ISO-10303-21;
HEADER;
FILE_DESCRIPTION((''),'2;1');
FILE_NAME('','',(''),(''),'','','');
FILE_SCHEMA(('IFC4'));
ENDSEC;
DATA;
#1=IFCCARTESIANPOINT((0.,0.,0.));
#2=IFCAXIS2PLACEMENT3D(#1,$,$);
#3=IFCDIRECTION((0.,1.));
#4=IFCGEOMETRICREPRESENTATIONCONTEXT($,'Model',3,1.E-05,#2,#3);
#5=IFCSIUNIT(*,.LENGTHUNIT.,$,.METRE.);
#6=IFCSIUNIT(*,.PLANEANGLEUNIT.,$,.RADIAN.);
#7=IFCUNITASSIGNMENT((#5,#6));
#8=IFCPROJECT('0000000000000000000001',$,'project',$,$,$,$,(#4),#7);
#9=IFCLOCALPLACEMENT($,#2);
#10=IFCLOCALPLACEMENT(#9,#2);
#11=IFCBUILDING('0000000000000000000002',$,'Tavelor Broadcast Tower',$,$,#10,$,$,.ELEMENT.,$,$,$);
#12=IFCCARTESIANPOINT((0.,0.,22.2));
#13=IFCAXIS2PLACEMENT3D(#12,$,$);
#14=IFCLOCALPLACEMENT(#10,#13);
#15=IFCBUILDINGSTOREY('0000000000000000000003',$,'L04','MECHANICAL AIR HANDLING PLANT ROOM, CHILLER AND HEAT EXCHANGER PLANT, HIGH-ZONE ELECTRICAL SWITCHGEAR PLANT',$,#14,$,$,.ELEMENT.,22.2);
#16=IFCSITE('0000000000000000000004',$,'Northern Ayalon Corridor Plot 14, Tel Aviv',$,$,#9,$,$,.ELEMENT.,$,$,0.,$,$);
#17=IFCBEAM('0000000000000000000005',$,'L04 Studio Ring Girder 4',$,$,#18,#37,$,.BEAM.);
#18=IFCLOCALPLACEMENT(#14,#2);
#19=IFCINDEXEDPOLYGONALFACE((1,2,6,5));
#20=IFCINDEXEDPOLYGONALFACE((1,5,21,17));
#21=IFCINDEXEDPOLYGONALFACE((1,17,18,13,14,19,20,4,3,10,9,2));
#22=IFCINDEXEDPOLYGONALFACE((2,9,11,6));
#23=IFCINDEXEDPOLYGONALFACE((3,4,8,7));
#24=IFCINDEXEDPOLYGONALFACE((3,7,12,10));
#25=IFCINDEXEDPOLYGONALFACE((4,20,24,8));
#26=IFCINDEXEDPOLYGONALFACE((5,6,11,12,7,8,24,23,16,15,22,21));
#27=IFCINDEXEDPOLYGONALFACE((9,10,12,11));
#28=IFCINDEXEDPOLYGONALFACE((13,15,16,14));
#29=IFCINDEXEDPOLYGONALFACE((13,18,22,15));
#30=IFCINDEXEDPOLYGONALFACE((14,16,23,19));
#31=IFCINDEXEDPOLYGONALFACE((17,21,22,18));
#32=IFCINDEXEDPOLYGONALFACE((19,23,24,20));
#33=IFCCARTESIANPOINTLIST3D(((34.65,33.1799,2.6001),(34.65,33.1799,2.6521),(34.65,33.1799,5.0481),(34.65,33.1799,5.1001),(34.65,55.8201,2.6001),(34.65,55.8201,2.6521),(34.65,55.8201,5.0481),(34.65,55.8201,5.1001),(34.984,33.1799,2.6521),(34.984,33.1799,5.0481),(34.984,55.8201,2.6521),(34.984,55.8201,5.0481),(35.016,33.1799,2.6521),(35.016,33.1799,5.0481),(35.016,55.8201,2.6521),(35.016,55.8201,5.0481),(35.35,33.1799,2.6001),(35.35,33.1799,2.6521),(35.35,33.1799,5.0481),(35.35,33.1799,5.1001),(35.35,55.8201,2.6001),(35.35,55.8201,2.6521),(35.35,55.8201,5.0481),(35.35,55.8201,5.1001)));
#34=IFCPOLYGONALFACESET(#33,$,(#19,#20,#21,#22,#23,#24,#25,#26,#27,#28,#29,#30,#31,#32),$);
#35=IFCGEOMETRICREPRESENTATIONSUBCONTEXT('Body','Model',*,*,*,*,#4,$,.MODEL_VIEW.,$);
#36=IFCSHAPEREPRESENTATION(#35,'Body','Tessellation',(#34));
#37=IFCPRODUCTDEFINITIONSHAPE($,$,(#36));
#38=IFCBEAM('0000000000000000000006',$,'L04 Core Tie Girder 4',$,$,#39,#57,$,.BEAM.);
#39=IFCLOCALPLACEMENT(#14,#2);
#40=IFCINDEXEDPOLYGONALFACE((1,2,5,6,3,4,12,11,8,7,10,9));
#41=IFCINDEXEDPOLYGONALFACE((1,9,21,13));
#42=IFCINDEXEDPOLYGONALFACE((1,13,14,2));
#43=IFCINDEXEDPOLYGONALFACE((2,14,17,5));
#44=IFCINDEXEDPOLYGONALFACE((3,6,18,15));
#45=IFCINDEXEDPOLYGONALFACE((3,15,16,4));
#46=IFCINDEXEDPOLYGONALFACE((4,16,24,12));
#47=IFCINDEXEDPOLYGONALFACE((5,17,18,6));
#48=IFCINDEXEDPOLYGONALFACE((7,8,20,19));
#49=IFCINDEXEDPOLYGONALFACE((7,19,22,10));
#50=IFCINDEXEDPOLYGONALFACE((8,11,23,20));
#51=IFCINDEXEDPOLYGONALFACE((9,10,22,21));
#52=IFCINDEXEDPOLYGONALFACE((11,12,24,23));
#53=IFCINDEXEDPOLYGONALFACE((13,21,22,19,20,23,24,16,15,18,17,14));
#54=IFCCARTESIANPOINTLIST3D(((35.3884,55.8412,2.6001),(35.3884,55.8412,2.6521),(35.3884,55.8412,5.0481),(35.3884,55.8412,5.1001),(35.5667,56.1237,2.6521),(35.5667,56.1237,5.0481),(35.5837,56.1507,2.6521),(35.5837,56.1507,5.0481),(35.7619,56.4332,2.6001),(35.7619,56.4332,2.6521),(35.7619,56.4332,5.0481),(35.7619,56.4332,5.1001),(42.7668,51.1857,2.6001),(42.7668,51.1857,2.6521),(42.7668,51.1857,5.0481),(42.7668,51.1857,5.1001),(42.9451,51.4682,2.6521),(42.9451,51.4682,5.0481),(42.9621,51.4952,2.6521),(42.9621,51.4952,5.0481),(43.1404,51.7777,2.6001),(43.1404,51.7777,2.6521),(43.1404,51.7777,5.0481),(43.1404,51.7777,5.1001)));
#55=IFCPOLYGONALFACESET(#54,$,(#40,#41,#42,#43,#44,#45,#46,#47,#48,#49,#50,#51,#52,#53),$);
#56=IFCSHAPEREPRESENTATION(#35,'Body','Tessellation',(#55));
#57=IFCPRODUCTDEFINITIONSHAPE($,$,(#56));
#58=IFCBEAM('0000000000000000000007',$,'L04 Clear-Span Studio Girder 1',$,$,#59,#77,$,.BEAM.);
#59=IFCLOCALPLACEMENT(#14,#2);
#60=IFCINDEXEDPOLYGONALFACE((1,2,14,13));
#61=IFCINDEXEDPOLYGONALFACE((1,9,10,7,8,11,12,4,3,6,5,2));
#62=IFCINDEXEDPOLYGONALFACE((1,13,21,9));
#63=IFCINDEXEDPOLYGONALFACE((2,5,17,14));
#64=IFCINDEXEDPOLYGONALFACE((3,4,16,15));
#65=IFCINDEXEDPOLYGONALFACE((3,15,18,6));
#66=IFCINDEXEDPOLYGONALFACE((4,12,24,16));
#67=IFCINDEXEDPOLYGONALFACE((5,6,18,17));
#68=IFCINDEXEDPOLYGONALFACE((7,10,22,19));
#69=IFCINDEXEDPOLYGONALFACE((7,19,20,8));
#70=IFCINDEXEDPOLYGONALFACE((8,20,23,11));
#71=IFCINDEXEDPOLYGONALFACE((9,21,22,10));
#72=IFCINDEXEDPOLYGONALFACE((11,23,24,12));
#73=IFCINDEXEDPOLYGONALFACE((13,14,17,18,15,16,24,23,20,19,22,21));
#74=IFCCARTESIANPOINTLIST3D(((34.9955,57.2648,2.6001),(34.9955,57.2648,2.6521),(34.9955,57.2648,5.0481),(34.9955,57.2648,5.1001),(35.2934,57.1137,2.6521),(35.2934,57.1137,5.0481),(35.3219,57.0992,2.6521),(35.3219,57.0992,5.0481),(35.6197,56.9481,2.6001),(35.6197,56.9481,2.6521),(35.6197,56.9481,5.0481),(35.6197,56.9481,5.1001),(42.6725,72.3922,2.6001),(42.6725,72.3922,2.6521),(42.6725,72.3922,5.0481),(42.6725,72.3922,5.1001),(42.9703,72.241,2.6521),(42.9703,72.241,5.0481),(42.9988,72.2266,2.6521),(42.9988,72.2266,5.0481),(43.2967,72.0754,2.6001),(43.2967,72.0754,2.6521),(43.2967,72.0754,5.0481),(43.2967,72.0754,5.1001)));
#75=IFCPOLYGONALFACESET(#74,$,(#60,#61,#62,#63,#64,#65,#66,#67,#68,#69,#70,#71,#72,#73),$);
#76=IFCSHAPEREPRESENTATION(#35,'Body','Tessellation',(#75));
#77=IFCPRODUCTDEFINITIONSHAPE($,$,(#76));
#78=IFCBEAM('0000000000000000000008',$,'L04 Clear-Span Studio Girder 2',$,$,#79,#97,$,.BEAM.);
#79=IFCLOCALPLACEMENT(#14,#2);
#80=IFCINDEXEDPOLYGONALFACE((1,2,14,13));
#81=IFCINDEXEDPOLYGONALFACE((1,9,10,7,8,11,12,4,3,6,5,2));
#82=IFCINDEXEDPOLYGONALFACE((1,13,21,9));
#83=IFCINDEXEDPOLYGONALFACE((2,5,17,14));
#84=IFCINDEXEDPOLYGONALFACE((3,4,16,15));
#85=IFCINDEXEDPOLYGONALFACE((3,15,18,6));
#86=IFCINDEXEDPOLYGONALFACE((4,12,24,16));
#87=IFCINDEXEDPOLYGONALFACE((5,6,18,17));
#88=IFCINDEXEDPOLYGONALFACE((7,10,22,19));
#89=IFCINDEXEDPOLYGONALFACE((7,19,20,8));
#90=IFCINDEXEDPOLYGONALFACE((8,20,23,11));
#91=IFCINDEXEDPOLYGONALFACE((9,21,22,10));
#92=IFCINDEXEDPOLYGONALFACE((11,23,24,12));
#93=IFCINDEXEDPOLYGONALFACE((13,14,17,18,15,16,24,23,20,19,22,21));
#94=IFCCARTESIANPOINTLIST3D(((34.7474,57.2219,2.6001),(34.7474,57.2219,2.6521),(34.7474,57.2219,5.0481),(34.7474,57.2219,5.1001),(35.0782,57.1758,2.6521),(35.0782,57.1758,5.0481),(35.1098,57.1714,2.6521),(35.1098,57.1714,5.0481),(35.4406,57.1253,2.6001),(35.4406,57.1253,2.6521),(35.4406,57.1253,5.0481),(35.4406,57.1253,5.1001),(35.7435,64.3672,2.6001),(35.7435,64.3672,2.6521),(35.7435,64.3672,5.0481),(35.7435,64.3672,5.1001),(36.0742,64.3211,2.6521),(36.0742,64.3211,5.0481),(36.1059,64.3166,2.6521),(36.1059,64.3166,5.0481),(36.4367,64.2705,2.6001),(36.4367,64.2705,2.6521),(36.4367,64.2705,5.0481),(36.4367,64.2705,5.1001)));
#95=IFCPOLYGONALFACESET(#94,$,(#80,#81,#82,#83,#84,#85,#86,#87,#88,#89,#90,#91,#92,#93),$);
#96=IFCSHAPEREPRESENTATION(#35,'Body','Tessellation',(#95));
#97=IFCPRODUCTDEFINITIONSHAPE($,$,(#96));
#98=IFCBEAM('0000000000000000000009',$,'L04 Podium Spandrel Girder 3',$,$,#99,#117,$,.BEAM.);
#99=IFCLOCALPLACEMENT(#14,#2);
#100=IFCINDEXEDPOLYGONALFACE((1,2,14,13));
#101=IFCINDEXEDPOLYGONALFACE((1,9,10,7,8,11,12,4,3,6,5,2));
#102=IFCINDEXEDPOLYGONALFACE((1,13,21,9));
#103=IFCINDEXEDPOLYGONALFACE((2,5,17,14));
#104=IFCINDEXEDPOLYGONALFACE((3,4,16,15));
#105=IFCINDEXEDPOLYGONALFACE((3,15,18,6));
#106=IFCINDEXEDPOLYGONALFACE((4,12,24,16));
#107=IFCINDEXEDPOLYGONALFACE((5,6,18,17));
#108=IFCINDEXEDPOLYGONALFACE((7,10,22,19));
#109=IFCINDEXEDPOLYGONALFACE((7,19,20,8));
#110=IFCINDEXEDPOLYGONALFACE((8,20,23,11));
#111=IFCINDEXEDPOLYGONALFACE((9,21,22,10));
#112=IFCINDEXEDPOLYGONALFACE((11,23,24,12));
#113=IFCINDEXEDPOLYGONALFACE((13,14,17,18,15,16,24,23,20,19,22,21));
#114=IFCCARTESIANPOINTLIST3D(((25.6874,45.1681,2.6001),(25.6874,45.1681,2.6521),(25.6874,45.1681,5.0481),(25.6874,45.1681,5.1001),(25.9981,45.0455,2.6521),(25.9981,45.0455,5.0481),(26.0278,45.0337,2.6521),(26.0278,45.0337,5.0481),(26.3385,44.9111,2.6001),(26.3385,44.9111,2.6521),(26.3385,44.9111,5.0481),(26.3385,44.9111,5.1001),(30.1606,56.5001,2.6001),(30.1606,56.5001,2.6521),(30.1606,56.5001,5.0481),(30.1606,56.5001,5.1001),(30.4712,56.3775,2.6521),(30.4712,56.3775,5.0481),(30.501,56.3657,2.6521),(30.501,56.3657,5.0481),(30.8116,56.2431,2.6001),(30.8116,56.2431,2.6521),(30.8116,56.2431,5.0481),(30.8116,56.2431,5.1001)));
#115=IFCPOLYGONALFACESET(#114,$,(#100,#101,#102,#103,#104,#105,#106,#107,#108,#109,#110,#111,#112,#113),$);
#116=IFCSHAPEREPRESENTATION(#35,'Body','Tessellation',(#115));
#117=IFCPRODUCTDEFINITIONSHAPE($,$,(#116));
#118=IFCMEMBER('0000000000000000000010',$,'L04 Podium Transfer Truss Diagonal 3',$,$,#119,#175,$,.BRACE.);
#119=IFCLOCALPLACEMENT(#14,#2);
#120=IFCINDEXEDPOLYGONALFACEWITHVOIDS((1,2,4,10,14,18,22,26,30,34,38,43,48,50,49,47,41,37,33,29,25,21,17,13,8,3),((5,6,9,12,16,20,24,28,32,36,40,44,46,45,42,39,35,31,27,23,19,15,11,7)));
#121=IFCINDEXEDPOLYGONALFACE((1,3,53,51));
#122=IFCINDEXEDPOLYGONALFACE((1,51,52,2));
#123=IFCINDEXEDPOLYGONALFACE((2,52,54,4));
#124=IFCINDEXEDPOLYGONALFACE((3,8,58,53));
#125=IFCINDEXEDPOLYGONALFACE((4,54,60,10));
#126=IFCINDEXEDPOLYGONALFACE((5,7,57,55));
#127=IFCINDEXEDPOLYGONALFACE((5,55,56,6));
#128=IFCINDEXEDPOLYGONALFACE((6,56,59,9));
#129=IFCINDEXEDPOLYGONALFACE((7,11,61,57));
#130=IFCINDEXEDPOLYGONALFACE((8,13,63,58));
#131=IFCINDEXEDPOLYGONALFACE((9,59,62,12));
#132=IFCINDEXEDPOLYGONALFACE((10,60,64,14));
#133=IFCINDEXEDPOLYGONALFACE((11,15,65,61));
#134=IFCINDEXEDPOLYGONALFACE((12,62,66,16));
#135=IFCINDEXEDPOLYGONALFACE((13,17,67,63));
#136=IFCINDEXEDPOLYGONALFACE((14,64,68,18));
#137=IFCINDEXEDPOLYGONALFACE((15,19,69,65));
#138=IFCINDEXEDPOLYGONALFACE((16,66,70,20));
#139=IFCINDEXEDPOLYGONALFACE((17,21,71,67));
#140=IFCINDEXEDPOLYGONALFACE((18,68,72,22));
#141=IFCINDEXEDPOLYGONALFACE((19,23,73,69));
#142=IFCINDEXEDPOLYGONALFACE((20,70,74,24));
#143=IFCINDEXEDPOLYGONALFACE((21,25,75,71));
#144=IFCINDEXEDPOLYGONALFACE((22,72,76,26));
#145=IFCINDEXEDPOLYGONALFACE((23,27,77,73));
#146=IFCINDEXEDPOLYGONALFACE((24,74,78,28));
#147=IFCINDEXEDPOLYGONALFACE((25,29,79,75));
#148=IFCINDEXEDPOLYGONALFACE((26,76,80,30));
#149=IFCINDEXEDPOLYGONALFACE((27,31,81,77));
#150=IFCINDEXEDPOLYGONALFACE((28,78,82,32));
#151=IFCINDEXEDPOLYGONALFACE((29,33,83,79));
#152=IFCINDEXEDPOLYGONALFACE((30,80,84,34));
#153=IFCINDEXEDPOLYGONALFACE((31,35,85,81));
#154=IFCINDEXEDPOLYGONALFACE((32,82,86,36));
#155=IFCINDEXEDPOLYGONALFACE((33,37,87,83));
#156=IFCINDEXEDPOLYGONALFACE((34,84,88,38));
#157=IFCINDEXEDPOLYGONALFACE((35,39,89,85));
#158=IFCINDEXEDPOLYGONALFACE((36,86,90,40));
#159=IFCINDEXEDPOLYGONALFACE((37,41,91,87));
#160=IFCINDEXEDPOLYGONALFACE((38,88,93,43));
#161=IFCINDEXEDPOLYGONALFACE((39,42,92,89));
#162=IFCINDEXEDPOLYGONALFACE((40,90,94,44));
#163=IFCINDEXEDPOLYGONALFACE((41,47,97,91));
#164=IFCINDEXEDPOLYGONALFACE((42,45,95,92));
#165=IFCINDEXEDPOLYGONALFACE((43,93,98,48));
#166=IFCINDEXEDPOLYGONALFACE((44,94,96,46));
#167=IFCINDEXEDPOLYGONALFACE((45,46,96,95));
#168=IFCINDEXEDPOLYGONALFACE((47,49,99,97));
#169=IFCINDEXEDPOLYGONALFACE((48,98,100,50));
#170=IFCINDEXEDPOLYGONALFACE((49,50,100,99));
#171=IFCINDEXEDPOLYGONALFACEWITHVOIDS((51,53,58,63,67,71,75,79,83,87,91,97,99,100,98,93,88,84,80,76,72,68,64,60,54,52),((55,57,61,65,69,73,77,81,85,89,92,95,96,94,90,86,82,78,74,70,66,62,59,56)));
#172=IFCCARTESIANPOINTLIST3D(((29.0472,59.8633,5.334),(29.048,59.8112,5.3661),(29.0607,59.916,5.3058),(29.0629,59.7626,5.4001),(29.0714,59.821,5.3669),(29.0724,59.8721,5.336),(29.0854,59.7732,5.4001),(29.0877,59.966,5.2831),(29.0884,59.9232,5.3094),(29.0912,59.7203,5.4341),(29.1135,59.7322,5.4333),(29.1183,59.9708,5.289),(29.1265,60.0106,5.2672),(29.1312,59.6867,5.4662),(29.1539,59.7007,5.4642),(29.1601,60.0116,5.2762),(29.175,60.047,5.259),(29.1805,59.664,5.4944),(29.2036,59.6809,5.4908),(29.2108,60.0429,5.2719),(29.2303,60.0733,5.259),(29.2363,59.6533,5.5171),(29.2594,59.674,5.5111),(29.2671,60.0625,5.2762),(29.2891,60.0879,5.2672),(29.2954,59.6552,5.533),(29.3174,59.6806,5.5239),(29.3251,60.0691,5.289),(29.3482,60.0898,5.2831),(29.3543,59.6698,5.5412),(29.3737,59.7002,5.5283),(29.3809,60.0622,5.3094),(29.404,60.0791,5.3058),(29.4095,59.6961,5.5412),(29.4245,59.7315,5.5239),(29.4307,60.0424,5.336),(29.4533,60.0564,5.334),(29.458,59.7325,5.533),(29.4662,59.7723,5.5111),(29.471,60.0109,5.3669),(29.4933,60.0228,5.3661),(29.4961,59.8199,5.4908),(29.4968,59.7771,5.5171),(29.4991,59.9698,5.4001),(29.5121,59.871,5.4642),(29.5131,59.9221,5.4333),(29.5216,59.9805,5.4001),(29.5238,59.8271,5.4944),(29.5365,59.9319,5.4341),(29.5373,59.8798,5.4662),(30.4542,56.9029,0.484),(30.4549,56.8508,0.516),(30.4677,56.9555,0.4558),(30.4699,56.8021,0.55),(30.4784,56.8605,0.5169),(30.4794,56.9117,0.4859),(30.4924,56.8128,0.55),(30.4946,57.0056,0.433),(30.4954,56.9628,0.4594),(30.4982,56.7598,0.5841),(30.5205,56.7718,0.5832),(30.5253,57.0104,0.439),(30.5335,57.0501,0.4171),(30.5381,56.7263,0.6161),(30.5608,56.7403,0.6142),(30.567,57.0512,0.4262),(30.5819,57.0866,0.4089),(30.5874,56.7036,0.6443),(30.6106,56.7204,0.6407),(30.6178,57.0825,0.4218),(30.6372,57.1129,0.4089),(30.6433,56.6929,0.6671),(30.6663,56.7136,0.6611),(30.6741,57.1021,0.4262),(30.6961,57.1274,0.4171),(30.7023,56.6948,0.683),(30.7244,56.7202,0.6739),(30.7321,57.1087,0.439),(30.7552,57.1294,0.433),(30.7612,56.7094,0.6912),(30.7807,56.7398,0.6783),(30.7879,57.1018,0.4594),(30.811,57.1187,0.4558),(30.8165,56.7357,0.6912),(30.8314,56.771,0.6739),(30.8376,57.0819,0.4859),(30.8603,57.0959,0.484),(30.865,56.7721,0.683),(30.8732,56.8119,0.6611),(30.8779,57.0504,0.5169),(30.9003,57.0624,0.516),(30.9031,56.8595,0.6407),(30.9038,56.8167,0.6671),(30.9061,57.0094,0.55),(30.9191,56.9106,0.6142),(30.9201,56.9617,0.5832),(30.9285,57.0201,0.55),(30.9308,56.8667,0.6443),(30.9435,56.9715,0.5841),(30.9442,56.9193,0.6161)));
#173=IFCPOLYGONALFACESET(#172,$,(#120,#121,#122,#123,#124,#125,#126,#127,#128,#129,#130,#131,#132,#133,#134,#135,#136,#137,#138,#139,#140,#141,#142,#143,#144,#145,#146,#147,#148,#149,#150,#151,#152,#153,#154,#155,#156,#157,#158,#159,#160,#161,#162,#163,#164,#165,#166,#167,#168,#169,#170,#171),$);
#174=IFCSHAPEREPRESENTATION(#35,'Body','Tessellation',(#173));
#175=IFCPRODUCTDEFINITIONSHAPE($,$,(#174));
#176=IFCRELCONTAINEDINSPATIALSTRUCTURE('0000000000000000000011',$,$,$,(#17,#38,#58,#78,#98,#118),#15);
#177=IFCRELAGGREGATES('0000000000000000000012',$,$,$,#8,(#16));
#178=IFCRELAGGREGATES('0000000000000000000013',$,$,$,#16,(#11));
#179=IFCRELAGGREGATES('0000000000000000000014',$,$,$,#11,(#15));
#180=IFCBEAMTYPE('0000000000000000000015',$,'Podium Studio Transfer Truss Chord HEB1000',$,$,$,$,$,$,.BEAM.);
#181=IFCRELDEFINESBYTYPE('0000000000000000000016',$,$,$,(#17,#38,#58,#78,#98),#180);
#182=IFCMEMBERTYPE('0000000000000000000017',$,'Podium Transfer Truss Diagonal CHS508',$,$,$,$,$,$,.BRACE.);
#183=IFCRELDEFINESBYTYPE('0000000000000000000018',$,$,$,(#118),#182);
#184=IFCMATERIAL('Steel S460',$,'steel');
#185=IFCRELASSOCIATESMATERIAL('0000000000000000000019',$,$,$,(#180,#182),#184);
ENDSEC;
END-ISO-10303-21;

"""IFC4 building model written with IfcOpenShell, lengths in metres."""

from ifc_helpers import new_model, si_unit, direction, frame, origin, origin_2d, place, context, subcontext, project, spatial, hollow_circle, i_section, extrude, material, material_profile, profile_set, type_object, element, save


model = new_model("IFC4")

# Units and contexts
model_context = context("Model", 3, precision=1e-05, world=origin(), true_north=direction((0.0, 1.0)))
body_context = subcontext(model_context, "Body", "Model", "MODEL_VIEW")
ifc_project = project(units=[si_unit("LENGTHUNIT", "METRE"), si_unit("PLANEANGLEUNIT", "RADIAN")], contexts=[model_context])

# Site, building, storey
site_placement = place(None, origin())
site = spatial("IfcSite", under=ifc_project, at=site_placement, Name="Northern Ayalon Corridor Plot 14, Tel Aviv", CompositionType="ELEMENT", RefElevation=0.0)
building_placement = place(site_placement, origin())
building = spatial("IfcBuilding", under=site, at=building_placement, Name="Tavelor Broadcast Tower", CompositionType="ELEMENT")
storey_placement = place(building_placement, frame((0.0, 0.0, 22.2)))
storey = spatial("IfcBuildingStorey", under=building, at=storey_placement, Name="L04", Description="MECHANICAL AIR HANDLING PLANT ROOM, CHILLER AND HEAT EXCHANGER PLANT, HIGH-ZONE ELECTRICAL SWITCHGEAR PLANT", CompositionType="ELEMENT", Elevation=22.2)

# Shared definitions
ifc_material_1 = material(Name="Steel S460", Category="steel")

# Beams
ifc_material_profile_1 = material_profile(ifc_material_1, i_section(OverallWidth=0.7, OverallDepth=2.5, WebThickness=0.032, FlangeThickness=0.052, at=origin_2d()), Name="PG 2500x700")
ifc_profile_set_1 = profile_set([ifc_material_profile_1], Name="Steel S460")
beam_type_1 = type_object("IfcBeamType", Name="Podium Studio Transfer Truss Chord HEB1000", PredefinedType="BEAM", material=ifc_profile_set_1)
beam_1_placement = place(storey_placement, frame((35.0, 55.8201, 3.8501), z_axis=(0.0, -1.0, 0.0), x_axis=(1.0, 0.0, 0.0)))
element("IfcBeam", 1, at=beam_1_placement, inside=storey, type_object=beam_type_1, Name="L04 Studio Ring Girder 4", PredefinedType="BEAM", context=body_context, shape_type="SweptSolid", body=[
    extrude(i_section(OverallWidth=0.7, OverallDepth=2.5, WebThickness=0.032, FlangeThickness=0.052, at=origin_2d()), origin(), (0.0, 0.0, 1.0), 22.6401),
])
beam_2_placement = place(storey_placement, frame((35.5752, 56.1372, 3.8501), z_axis=(0.845724, -0.533621, 0.0), x_axis=(0.533621, 0.845724, 0.0)))
element("IfcBeam", 2, at=beam_2_placement, inside=storey, type_object=beam_type_1, Name="L04 Core Tie Girder 4", PredefinedType="BEAM", context=body_context, shape_type="SweptSolid", body=[
    extrude(i_section(OverallWidth=0.7, OverallDepth=2.5, WebThickness=0.032, FlangeThickness=0.052, at=origin_2d()), origin(), (0.0, 0.0, 1.0), 8.7244),
])
beam_3_placement = place(storey_placement, frame((35.3076, 57.1064, 3.8501), z_axis=(0.452548, 0.89174, 0.0), x_axis=(-0.89174, 0.452548, 0.0)))
element("IfcBeam", 3, at=beam_3_placement, inside=storey, type_object=beam_type_1, Name="L04 Clear-Span Studio Girder 1", PredefinedType="BEAM", context=body_context, shape_type="SweptSolid", body=[
    extrude(i_section(OverallWidth=0.7, OverallDepth=2.5, WebThickness=0.032, FlangeThickness=0.052, at=origin_2d()), origin(), (0.0, 0.0, 1.0), 16.9639),
])
beam_4_placement = place(storey_placement, frame((35.094, 57.1736, 3.8501), z_axis=(0.138071, 0.990422, 0.0), x_axis=(-0.990422, 0.138071, 0.0)))
element("IfcBeam", 4, at=beam_4_placement, inside=storey, type_object=beam_type_1, Name="L04 Clear-Span Studio Girder 2", PredefinedType="BEAM", context=body_context, shape_type="SweptSolid", body=[
    extrude(i_section(OverallWidth=0.7, OverallDepth=2.5, WebThickness=0.032, FlangeThickness=0.052, at=origin_2d()), origin(), (0.0, 0.0, 1.0), 7.2144),
])
beam_5_placement = place(storey_placement, frame((30.4861, 56.3716, 3.8501), z_axis=(-0.367165, -0.930156, 0.0), x_axis=(0.930156, -0.367165, 0.0)))
element("IfcBeam", 5, at=beam_5_placement, inside=storey, type_object=beam_type_1, Name="L04 Podium Spandrel Girder 3", PredefinedType="BEAM", context=body_context, shape_type="SweptSolid", body=[
    extrude(i_section(OverallWidth=0.7, OverallDepth=2.5, WebThickness=0.032, FlangeThickness=0.052, at=origin_2d()), origin(), (0.0, 0.0, 1.0), 12.1829),
])

# Member
ifc_material_profile_2 = material_profile(ifc_material_1, hollow_circle(Radius=0.2539, WallThickness=0.0249, at=origin_2d()), Name="CHS 508x25")
ifc_profile_set_2 = profile_set([ifc_material_profile_2], Name="Steel S460")
member_type = type_object("IfcMemberType", Name="Podium Transfer Truss Diagonal CHS508", PredefinedType="BRACE", material=ifc_profile_set_2)
member_1_placement = place(storey_placement, frame((30.6992, 56.9111, 0.55), z_axis=(-0.240353, 0.505729, 0.828534), x_axis=(-0.903187, -0.429248, 0.0)))
element("IfcMember", 6, at=member_1_placement, inside=storey, type_object=member_type, Name="L04 Podium Transfer Truss Diagonal 3", PredefinedType="BRACE", context=body_context, shape_type="SweptSolid", body=[
    extrude(hollow_circle(Radius=0.2539, WallThickness=0.0249, at=origin_2d()), origin(), (0.0, 0.0, 1.0), 5.8538),
])

save(model, "model.ifc")
